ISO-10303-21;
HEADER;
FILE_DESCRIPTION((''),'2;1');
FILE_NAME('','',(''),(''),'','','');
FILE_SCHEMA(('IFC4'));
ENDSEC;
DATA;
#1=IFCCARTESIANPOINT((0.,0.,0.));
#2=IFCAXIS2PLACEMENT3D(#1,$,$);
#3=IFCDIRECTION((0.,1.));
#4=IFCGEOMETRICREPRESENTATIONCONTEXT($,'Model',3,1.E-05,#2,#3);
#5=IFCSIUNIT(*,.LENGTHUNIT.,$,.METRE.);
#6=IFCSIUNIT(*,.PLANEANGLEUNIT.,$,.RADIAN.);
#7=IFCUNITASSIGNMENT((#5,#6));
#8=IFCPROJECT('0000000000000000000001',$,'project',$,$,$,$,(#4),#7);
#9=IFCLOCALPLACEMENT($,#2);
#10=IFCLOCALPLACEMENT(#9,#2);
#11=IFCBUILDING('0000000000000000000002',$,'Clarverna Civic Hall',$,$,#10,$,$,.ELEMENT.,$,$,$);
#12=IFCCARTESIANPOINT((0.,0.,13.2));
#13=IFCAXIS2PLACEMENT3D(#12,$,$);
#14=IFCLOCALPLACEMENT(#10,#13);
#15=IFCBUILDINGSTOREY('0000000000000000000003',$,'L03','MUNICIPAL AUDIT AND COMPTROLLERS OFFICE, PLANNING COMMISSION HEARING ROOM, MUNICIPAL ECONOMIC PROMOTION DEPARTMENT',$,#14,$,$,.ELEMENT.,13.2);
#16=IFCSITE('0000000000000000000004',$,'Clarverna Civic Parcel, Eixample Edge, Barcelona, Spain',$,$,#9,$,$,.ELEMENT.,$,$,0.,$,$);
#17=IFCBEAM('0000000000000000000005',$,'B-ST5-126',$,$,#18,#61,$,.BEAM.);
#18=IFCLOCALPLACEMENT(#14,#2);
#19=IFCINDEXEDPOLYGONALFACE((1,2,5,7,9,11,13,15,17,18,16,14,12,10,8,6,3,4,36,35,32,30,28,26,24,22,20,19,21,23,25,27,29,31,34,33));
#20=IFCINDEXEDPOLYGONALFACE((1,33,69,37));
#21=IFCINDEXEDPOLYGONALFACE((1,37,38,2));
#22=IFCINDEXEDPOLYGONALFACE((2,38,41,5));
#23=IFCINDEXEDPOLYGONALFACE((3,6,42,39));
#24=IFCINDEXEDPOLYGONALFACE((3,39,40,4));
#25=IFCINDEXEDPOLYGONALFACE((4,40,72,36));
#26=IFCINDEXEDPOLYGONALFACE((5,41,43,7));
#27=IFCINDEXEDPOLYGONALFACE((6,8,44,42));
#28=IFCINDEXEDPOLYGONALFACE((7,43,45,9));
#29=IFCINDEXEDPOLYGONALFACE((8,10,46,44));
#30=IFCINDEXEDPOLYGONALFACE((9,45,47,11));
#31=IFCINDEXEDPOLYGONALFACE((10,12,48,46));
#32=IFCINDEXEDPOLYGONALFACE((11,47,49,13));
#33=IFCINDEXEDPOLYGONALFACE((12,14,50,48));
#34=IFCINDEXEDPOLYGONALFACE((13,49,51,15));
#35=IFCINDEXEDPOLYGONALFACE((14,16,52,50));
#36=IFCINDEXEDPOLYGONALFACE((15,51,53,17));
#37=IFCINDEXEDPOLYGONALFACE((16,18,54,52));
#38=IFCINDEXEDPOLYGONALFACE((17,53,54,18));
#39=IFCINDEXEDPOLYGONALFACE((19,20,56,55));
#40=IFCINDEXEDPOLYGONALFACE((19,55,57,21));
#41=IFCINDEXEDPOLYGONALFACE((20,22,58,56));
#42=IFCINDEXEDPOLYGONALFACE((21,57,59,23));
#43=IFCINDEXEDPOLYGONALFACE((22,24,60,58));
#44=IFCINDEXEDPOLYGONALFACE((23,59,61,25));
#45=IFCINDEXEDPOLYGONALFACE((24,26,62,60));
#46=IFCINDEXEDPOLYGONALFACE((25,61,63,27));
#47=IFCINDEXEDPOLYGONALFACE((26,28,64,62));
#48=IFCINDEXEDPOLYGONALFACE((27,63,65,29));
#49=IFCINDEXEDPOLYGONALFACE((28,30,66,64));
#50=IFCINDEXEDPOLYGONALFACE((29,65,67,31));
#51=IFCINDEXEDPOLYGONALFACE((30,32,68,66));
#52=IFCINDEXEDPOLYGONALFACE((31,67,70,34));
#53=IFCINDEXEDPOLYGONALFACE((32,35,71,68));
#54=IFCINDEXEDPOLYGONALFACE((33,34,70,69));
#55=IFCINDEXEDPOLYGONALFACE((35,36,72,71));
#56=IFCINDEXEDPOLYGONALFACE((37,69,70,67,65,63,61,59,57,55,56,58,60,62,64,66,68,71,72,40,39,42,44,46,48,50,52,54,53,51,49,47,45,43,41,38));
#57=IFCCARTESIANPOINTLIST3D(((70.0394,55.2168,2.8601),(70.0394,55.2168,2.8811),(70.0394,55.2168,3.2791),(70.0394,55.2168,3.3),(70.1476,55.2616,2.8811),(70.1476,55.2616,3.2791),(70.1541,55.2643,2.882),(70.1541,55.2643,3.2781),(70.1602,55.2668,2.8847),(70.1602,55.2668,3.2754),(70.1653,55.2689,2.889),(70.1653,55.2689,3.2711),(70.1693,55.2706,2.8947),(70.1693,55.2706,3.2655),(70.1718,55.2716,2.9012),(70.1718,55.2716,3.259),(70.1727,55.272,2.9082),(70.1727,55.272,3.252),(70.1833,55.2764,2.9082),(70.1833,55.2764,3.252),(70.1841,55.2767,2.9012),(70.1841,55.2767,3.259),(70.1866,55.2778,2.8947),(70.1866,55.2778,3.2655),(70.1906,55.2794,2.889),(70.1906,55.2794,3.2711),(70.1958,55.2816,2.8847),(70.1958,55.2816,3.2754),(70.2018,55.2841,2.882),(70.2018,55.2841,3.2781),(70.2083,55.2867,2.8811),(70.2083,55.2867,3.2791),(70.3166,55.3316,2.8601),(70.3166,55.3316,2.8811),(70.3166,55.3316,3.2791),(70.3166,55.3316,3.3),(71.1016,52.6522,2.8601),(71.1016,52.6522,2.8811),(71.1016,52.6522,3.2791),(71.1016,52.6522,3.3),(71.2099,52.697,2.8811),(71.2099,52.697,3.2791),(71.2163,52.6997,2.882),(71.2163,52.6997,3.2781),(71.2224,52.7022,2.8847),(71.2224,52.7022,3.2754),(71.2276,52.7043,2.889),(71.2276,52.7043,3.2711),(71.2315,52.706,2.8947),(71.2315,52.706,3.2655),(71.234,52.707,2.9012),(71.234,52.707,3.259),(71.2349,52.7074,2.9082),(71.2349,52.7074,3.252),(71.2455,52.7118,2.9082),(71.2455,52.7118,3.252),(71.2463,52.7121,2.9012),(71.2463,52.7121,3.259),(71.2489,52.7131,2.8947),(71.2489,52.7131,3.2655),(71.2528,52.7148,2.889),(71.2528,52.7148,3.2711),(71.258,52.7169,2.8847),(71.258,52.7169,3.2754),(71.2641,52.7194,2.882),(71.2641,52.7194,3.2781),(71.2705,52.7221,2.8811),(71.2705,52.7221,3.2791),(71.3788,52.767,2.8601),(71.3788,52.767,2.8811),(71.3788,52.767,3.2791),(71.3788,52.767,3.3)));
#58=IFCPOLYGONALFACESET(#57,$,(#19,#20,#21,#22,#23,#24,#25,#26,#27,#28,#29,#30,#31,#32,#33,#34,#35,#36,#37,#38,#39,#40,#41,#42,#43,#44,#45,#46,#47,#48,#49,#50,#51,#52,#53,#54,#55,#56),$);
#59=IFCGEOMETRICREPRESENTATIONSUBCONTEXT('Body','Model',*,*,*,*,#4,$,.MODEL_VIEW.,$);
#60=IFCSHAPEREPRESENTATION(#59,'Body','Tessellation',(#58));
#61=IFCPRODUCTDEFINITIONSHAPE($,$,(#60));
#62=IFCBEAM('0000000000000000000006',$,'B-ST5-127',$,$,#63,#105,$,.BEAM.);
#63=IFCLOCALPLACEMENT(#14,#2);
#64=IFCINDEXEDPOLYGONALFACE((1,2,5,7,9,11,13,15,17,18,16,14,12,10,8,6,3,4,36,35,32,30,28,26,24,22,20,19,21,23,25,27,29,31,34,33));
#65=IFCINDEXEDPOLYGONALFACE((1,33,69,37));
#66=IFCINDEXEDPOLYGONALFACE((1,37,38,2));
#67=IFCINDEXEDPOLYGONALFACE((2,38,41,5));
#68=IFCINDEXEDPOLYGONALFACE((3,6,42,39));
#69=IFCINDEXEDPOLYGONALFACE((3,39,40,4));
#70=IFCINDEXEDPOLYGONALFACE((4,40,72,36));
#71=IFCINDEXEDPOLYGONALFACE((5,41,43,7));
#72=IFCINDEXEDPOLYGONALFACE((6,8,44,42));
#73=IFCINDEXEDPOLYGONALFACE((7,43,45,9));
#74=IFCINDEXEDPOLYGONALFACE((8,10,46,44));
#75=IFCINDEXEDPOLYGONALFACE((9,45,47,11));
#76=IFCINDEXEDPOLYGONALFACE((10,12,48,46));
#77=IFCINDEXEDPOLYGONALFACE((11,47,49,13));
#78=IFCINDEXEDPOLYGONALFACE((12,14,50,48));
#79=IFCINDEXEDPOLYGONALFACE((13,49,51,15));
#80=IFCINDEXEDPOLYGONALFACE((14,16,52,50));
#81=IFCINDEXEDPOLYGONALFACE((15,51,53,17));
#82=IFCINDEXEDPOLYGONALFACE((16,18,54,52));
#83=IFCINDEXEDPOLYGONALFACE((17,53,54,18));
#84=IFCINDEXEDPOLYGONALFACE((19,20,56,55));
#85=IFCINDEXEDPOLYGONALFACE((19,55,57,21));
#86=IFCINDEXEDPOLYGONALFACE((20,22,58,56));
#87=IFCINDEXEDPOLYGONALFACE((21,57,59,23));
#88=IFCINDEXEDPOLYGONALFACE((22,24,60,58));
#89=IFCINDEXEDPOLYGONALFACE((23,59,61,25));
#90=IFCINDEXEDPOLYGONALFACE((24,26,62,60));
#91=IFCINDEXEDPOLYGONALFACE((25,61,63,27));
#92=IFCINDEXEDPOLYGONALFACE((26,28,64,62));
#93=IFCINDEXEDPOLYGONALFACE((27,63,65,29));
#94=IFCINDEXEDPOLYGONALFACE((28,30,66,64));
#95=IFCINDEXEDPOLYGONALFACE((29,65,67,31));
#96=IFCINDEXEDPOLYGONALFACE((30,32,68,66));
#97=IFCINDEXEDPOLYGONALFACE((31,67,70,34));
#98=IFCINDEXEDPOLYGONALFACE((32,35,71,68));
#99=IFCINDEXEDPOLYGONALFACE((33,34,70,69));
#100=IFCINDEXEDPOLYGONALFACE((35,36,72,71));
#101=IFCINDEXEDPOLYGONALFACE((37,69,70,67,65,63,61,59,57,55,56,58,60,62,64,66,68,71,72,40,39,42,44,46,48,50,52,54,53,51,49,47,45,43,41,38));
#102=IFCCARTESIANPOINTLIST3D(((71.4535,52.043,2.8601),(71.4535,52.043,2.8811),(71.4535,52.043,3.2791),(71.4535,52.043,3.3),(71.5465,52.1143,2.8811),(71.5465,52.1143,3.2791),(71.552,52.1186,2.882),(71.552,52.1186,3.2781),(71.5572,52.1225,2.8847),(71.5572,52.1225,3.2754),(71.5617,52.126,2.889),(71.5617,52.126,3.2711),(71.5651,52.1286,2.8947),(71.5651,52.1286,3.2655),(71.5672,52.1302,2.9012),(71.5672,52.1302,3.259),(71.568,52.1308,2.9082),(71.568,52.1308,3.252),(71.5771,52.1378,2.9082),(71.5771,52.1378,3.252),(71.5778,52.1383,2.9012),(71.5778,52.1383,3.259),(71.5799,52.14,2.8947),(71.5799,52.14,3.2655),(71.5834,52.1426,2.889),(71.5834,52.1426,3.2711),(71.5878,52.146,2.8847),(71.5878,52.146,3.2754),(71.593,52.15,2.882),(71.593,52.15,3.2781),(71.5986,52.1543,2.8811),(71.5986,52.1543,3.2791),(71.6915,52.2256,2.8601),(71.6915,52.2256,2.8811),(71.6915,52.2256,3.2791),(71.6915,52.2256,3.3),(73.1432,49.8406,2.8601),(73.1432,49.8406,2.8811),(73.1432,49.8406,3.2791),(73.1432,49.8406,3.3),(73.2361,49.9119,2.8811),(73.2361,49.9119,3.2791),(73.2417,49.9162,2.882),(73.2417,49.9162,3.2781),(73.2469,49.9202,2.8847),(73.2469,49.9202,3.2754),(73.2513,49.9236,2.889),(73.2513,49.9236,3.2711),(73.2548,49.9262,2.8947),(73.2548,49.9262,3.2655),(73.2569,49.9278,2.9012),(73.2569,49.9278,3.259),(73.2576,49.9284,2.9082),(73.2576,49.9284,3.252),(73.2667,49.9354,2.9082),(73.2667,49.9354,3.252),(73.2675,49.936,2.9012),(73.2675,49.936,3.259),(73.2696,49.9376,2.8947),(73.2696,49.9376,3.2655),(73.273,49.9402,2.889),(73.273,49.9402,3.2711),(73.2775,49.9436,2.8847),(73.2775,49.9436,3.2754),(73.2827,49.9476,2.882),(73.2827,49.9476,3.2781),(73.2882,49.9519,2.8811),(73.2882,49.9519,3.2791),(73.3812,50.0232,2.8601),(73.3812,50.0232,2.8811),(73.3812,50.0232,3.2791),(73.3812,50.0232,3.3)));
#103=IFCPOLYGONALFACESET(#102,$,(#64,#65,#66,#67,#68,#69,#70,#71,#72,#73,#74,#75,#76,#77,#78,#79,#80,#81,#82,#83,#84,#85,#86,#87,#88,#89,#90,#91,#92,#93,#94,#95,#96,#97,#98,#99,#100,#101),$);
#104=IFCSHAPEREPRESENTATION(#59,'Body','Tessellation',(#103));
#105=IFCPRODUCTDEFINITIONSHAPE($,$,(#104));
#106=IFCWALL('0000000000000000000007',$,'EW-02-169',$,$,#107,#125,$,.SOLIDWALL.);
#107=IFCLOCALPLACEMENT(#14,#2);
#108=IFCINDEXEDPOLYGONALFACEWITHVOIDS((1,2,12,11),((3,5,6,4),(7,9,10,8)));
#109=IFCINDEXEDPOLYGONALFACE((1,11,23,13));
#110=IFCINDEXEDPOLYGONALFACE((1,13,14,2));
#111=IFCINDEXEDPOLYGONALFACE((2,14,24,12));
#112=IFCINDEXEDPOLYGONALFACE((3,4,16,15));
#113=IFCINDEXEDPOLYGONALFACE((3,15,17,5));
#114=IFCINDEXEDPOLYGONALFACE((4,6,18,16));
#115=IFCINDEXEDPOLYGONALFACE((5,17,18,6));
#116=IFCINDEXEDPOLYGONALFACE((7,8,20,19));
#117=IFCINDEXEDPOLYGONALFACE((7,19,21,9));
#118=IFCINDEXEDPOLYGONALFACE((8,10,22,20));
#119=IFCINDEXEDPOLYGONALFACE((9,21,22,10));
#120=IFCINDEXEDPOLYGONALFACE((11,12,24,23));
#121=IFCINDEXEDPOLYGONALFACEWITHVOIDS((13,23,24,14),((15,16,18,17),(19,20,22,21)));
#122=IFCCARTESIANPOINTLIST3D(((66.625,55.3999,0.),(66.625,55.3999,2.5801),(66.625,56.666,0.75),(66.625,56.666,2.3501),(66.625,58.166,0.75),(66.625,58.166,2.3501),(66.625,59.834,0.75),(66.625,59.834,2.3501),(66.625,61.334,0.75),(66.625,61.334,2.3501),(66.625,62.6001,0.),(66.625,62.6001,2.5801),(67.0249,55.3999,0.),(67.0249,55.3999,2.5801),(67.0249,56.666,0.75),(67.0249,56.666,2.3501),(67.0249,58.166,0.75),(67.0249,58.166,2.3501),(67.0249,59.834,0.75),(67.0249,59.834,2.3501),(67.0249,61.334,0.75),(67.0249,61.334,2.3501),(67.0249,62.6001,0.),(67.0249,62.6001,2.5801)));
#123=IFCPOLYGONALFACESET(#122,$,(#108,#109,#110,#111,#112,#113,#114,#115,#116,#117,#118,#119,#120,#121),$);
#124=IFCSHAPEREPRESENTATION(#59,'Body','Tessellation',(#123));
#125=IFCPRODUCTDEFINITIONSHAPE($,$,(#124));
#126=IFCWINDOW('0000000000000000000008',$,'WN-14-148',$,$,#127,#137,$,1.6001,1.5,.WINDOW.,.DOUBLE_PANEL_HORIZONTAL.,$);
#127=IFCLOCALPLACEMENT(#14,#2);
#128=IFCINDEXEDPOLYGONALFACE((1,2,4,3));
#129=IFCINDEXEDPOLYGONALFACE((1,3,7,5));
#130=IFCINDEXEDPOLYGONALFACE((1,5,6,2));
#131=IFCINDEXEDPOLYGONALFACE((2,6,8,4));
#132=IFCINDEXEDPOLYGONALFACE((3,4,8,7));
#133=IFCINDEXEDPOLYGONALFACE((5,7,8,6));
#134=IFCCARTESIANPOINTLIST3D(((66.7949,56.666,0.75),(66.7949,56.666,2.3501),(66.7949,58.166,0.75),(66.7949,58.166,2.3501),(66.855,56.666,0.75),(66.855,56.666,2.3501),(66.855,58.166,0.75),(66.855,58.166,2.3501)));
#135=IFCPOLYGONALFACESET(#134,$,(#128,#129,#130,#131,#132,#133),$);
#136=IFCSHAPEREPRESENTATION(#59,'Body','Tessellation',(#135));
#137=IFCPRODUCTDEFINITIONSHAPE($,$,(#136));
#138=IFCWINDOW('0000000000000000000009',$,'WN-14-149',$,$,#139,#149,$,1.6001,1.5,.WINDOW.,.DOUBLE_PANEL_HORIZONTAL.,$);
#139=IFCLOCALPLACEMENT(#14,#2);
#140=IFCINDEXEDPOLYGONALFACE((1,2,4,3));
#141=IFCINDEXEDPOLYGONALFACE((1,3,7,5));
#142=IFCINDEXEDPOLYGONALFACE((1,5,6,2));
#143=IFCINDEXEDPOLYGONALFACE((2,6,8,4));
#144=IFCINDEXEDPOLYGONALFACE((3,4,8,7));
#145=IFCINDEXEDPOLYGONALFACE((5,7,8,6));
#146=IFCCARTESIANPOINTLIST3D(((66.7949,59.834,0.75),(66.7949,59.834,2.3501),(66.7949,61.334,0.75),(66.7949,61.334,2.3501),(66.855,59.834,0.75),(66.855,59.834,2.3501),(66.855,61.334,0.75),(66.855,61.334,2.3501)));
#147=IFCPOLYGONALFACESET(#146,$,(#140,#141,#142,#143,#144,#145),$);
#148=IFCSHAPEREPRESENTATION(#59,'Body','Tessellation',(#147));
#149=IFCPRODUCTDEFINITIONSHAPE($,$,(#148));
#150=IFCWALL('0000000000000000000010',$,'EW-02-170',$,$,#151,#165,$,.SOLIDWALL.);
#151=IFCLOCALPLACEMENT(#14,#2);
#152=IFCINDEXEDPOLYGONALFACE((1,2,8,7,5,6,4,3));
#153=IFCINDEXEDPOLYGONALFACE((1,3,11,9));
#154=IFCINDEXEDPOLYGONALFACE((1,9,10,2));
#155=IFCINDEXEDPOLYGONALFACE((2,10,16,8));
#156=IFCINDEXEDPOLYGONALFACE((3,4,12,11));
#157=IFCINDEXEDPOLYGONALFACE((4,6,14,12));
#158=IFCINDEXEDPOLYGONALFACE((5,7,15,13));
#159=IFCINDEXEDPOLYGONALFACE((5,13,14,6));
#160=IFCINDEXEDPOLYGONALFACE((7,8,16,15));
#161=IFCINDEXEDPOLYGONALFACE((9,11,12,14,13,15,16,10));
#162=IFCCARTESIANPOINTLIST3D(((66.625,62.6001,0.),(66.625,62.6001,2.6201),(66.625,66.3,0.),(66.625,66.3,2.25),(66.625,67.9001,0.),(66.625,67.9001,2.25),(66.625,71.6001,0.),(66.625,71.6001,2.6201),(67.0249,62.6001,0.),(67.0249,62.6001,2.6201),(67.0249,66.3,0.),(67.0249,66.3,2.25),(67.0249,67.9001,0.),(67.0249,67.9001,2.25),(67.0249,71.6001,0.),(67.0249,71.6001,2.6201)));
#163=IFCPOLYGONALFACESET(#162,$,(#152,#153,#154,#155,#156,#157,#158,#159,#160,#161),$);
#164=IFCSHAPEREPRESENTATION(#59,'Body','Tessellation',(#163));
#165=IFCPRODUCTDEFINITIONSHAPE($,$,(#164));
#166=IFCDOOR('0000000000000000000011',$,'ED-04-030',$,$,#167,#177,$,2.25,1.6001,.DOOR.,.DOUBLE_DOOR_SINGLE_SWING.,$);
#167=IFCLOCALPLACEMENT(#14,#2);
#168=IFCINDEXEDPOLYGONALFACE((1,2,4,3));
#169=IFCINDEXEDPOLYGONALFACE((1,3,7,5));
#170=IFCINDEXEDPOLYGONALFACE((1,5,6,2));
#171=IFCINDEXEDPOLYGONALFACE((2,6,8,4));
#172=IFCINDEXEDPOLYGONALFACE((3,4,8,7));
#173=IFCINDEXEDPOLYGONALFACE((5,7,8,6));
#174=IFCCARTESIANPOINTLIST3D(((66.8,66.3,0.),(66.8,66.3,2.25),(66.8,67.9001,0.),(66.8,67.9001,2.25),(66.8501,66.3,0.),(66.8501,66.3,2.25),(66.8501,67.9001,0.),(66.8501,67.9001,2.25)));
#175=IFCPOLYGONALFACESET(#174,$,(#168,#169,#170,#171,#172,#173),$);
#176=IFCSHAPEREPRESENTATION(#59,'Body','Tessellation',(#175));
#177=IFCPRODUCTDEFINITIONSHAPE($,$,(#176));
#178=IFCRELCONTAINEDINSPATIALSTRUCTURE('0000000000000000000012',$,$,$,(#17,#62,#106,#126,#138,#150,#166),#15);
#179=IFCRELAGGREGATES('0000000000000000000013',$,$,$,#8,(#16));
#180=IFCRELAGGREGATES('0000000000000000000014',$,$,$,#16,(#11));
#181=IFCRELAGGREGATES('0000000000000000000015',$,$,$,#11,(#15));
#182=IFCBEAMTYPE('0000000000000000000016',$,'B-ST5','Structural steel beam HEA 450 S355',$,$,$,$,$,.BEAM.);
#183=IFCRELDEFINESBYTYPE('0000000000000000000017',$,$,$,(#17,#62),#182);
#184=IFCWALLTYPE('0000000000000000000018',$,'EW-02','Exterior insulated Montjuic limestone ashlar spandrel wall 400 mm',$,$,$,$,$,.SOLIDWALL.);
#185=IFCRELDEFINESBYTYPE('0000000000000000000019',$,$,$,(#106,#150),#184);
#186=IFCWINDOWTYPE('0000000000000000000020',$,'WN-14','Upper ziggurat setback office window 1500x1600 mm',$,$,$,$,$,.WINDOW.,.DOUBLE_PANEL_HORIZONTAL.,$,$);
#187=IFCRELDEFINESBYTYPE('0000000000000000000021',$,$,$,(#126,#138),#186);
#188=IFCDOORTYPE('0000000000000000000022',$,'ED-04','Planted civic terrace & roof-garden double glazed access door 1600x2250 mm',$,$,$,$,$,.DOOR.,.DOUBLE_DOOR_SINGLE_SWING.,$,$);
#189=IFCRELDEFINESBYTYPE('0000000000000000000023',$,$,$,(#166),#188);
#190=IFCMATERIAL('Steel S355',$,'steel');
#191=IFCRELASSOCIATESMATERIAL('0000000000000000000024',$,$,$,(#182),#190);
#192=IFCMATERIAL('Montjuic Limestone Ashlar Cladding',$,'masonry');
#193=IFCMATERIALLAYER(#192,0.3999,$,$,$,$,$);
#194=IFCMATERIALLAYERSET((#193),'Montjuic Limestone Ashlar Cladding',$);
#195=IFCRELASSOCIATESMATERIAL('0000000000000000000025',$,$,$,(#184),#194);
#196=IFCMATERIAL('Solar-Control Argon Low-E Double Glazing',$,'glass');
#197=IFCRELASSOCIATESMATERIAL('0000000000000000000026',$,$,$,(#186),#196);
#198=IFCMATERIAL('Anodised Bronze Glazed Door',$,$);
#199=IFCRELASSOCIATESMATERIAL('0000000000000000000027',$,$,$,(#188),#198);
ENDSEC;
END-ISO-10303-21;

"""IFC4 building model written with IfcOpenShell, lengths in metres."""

from ifc_helpers import new_model, si_unit, direction, frame, frame_2d, origin, origin_2d, place, context, subcontext, project, spatial, rectangle, i_section, extrude, material, layer, layer_set, material_profile, profile_set, type_object, element, fill, save


model = new_model("IFC4")

# Units and contexts
model_context = context("Model", 3, precision=1e-05, world=origin(), true_north=direction((0.0, 1.0)))
body_context = subcontext(model_context, "Body", "Model", "MODEL_VIEW")
ifc_project = project(units=[si_unit("LENGTHUNIT", "METRE"), si_unit("PLANEANGLEUNIT", "RADIAN")], contexts=[model_context])

# Site, building, storey
site_placement = place(None, origin())
site = spatial("IfcSite", under=ifc_project, at=site_placement, Name="Clarverna Civic Parcel, Eixample Edge, Barcelona, Spain", CompositionType="ELEMENT", RefElevation=0.0)
building_placement = place(site_placement, origin())
building = spatial("IfcBuilding", under=site, at=building_placement, Name="Clarverna Civic Hall", CompositionType="ELEMENT")
storey_placement = place(building_placement, frame((0.0, 0.0, 13.2)))
storey = spatial("IfcBuildingStorey", under=building, at=storey_placement, Name="L03", Description="MUNICIPAL AUDIT AND COMPTROLLERS OFFICE, PLANNING COMMISSION HEARING ROOM, MUNICIPAL ECONOMIC PROMOTION DEPARTMENT", CompositionType="ELEMENT", Elevation=13.2)

# Beams
ifc_material_1 = material(Name="Steel S355", Category="steel")
ifc_material_profile_1 = material_profile(ifc_material_1, i_section(OverallWidth=0.3, OverallDepth=0.4399, WebThickness=0.0115, FlangeThickness=0.021, FilletRadius=0.0271, at=origin_2d()), Name="HEA 450")
ifc_profile_set_1 = profile_set([ifc_material_profile_1], Name="Steel S355")
beam_type_1 = type_object("IfcBeamType", Name="B-ST5", Description="Structural steel beam HEA 450 S355", PredefinedType="BEAM", material=ifc_profile_set_1)
for number, where, z_axis, x_axis, name in (
    (1, (70.178, 55.2742, 3.0801), (0.38266, -0.923889, 0.0), (0.923889, 0.38266, 0.0), "B-ST5-126"),
    (2, (71.5725, 52.1343, 3.0801), (0.608703, -0.793398, 0.0), (0.793398, 0.608703, 0.0), "B-ST5-127"),
):
    element("IfcBeam", number, at=place(storey_placement, frame(where, z_axis=z_axis, x_axis=x_axis)), inside=storey, type_object=beam_type_1, Name=name, PredefinedType="BEAM", context=body_context, shape_type="SweptSolid", body=[
        extrude(i_section(OverallWidth=0.3, OverallDepth=0.4399, WebThickness=0.0115, FlangeThickness=0.021, FilletRadius=0.0271, at=origin_2d()), origin(), (0.0, 0.0, 1.0), 2.7759),
    ])

# Wall, openings, windows
ifc_material_2 = material(Name="Montjuic Limestone Ashlar Cladding", Category="masonry")
ifc_layer_1 = layer(ifc_material_2, 0.3999)
ifc_layer_set_1 = layer_set([ifc_layer_1], Name="Montjuic Limestone Ashlar Cladding")
wall_type_1 = type_object("IfcWallType", Name="EW-02", Description="Exterior insulated Montjuic limestone ashlar spandrel wall 400 mm", PredefinedType="SOLIDWALL", material=ifc_layer_set_1)
wall_1_placement = place(storey_placement, frame((66.825, 55.3999, 0.0), z_axis=(0.0, 0.0, 1.0), x_axis=(0.0, 1.0, 0.0)))
wall_1 = element("IfcWall", 3, at=wall_1_placement, inside=storey, type_object=wall_type_1, Name="EW-02-169", PredefinedType="SOLIDWALL", context=body_context, shape_type="SweptSolid", body=[
    extrude(rectangle(XDim=7.2002, YDim=0.3999, at=frame_2d((3.6001, 0.0))), origin(), (0.0, 0.0, 1.0), 2.5801),
])
opening_1_placement = place(wall_1_placement, frame((1.2661, 0.0, 0.75)))
opening_1 = element("IfcOpeningElement", 4, at=opening_1_placement, cuts=wall_1, PredefinedType="OPENING", context=body_context, shape_type="SweptSolid", body=[
    extrude(rectangle(XDim=1.5, YDim=1.6001, at=frame_2d((0.75, 0.8))), frame((0.0, 0.21, 0.0), z_axis=(0.0, -1.0, 0.0), x_axis=(1.0, 0.0, 0.0)), (0.0, 0.0, 1.0), 0.4199),
])
opening_2_placement = place(wall_1_placement, frame((4.4341, 0.0, 0.75)))
opening_2 = element("IfcOpeningElement", 5, at=opening_2_placement, cuts=wall_1, PredefinedType="OPENING", context=body_context, shape_type="SweptSolid", body=[
    extrude(rectangle(XDim=1.5, YDim=1.6001, at=frame_2d((0.75, 0.8))), frame((0.0, 0.21, 0.0), z_axis=(0.0, -1.0, 0.0), x_axis=(1.0, 0.0, 0.0)), (0.0, 0.0, 1.0), 0.4199),
])
ifc_material_3 = material(Name="Solar-Control Argon Low-E Double Glazing", Category="glass")
window_type = type_object("IfcWindowType", Name="WN-14", Description="Upper ziggurat setback office window 1500x1600 mm", PartitioningType="DOUBLE_PANEL_HORIZONTAL", PredefinedType="WINDOW", material=ifc_material_3)
window_1_placement = place(opening_1_placement, origin())
window_1 = element("IfcWindow", 6, at=window_1_placement, inside=storey, type_object=window_type, Name="WN-14-148", OverallHeight=1.6001, OverallWidth=1.5, PartitioningType="DOUBLE_PANEL_HORIZONTAL", PredefinedType="WINDOW", context=body_context, shape_type="SweptSolid", body=[
    extrude(rectangle(XDim=1.5, YDim=1.6001, at=frame_2d((0.75, 0.8))), frame((0.0, 0.03, 0.0), z_axis=(0.0, -1.0, 0.0), x_axis=(1.0, 0.0, 0.0)), (0.0, 0.0, 1.0), 0.0601),
])
fill(opening_1, window_1)
window_2_placement = place(opening_2_placement, origin())
window_2 = element("IfcWindow", 7, at=window_2_placement, inside=storey, type_object=window_type, Name="WN-14-149", OverallHeight=1.6001, OverallWidth=1.5, PartitioningType="DOUBLE_PANEL_HORIZONTAL", PredefinedType="WINDOW", context=body_context, shape_type="SweptSolid", body=[
    extrude(rectangle(XDim=1.5, YDim=1.6001, at=frame_2d((0.75, 0.8))), frame((0.0, 0.03, 0.0), z_axis=(0.0, -1.0, 0.0), x_axis=(1.0, 0.0, 0.0)), (0.0, 0.0, 1.0), 0.0601),
])
fill(opening_2, window_2)

# Wall, opening, door
wall_2_placement = place(storey_placement, frame((66.825, 62.6001, 0.0), z_axis=(0.0, 0.0, 1.0), x_axis=(0.0, 1.0, 0.0)))
wall_2 = element("IfcWall", 8, at=wall_2_placement, inside=storey, type_object=wall_type_1, Name="EW-02-170", PredefinedType="SOLIDWALL", context=body_context, shape_type="SweptSolid", body=[
    extrude(rectangle(XDim=9.0, YDim=0.3999, at=frame_2d((4.5, 0.0))), origin(), (0.0, 0.0, 1.0), 2.6201),
])
opening_3_placement = place(wall_2_placement, frame((3.7, 0.0, 0.0)))
opening_3 = element("IfcOpeningElement", 9, at=opening_3_placement, cuts=wall_2, PredefinedType="OPENING", context=body_context, shape_type="SweptSolid", body=[
    extrude(rectangle(XDim=1.6001, YDim=2.25, at=frame_2d((0.8, 1.125))), frame((0.0, 0.21, 0.0), z_axis=(0.0, -1.0, 0.0), x_axis=(1.0, 0.0, 0.0)), (0.0, 0.0, 1.0), 0.4199),
])
ifc_material_4 = material(Name="Anodised Bronze Glazed Door")
door_type = type_object("IfcDoorType", Name="ED-04", Description="Planted civic terrace & roof-garden double glazed access door 1600x2250 mm", OperationType="DOUBLE_DOOR_SINGLE_SWING", PredefinedType="DOOR", material=ifc_material_4)
door_placement = place(opening_3_placement, origin())
door = element("IfcDoor", 10, at=door_placement, inside=storey, type_object=door_type, Name="ED-04-030", OperationType="DOUBLE_DOOR_SINGLE_SWING", OverallHeight=2.25, OverallWidth=1.6001, PredefinedType="DOOR", context=body_context, shape_type="SweptSolid", body=[
    extrude(rectangle(XDim=1.6001, YDim=2.25, at=frame_2d((0.8, 1.125))), frame((0.0, 0.0249, 0.0), z_axis=(0.0, -1.0, 0.0), x_axis=(1.0, 0.0, 0.0)), (0.0, 0.0, 1.0), 0.05),
])
fill(opening_3, door)

save(model, "model.ifc")
